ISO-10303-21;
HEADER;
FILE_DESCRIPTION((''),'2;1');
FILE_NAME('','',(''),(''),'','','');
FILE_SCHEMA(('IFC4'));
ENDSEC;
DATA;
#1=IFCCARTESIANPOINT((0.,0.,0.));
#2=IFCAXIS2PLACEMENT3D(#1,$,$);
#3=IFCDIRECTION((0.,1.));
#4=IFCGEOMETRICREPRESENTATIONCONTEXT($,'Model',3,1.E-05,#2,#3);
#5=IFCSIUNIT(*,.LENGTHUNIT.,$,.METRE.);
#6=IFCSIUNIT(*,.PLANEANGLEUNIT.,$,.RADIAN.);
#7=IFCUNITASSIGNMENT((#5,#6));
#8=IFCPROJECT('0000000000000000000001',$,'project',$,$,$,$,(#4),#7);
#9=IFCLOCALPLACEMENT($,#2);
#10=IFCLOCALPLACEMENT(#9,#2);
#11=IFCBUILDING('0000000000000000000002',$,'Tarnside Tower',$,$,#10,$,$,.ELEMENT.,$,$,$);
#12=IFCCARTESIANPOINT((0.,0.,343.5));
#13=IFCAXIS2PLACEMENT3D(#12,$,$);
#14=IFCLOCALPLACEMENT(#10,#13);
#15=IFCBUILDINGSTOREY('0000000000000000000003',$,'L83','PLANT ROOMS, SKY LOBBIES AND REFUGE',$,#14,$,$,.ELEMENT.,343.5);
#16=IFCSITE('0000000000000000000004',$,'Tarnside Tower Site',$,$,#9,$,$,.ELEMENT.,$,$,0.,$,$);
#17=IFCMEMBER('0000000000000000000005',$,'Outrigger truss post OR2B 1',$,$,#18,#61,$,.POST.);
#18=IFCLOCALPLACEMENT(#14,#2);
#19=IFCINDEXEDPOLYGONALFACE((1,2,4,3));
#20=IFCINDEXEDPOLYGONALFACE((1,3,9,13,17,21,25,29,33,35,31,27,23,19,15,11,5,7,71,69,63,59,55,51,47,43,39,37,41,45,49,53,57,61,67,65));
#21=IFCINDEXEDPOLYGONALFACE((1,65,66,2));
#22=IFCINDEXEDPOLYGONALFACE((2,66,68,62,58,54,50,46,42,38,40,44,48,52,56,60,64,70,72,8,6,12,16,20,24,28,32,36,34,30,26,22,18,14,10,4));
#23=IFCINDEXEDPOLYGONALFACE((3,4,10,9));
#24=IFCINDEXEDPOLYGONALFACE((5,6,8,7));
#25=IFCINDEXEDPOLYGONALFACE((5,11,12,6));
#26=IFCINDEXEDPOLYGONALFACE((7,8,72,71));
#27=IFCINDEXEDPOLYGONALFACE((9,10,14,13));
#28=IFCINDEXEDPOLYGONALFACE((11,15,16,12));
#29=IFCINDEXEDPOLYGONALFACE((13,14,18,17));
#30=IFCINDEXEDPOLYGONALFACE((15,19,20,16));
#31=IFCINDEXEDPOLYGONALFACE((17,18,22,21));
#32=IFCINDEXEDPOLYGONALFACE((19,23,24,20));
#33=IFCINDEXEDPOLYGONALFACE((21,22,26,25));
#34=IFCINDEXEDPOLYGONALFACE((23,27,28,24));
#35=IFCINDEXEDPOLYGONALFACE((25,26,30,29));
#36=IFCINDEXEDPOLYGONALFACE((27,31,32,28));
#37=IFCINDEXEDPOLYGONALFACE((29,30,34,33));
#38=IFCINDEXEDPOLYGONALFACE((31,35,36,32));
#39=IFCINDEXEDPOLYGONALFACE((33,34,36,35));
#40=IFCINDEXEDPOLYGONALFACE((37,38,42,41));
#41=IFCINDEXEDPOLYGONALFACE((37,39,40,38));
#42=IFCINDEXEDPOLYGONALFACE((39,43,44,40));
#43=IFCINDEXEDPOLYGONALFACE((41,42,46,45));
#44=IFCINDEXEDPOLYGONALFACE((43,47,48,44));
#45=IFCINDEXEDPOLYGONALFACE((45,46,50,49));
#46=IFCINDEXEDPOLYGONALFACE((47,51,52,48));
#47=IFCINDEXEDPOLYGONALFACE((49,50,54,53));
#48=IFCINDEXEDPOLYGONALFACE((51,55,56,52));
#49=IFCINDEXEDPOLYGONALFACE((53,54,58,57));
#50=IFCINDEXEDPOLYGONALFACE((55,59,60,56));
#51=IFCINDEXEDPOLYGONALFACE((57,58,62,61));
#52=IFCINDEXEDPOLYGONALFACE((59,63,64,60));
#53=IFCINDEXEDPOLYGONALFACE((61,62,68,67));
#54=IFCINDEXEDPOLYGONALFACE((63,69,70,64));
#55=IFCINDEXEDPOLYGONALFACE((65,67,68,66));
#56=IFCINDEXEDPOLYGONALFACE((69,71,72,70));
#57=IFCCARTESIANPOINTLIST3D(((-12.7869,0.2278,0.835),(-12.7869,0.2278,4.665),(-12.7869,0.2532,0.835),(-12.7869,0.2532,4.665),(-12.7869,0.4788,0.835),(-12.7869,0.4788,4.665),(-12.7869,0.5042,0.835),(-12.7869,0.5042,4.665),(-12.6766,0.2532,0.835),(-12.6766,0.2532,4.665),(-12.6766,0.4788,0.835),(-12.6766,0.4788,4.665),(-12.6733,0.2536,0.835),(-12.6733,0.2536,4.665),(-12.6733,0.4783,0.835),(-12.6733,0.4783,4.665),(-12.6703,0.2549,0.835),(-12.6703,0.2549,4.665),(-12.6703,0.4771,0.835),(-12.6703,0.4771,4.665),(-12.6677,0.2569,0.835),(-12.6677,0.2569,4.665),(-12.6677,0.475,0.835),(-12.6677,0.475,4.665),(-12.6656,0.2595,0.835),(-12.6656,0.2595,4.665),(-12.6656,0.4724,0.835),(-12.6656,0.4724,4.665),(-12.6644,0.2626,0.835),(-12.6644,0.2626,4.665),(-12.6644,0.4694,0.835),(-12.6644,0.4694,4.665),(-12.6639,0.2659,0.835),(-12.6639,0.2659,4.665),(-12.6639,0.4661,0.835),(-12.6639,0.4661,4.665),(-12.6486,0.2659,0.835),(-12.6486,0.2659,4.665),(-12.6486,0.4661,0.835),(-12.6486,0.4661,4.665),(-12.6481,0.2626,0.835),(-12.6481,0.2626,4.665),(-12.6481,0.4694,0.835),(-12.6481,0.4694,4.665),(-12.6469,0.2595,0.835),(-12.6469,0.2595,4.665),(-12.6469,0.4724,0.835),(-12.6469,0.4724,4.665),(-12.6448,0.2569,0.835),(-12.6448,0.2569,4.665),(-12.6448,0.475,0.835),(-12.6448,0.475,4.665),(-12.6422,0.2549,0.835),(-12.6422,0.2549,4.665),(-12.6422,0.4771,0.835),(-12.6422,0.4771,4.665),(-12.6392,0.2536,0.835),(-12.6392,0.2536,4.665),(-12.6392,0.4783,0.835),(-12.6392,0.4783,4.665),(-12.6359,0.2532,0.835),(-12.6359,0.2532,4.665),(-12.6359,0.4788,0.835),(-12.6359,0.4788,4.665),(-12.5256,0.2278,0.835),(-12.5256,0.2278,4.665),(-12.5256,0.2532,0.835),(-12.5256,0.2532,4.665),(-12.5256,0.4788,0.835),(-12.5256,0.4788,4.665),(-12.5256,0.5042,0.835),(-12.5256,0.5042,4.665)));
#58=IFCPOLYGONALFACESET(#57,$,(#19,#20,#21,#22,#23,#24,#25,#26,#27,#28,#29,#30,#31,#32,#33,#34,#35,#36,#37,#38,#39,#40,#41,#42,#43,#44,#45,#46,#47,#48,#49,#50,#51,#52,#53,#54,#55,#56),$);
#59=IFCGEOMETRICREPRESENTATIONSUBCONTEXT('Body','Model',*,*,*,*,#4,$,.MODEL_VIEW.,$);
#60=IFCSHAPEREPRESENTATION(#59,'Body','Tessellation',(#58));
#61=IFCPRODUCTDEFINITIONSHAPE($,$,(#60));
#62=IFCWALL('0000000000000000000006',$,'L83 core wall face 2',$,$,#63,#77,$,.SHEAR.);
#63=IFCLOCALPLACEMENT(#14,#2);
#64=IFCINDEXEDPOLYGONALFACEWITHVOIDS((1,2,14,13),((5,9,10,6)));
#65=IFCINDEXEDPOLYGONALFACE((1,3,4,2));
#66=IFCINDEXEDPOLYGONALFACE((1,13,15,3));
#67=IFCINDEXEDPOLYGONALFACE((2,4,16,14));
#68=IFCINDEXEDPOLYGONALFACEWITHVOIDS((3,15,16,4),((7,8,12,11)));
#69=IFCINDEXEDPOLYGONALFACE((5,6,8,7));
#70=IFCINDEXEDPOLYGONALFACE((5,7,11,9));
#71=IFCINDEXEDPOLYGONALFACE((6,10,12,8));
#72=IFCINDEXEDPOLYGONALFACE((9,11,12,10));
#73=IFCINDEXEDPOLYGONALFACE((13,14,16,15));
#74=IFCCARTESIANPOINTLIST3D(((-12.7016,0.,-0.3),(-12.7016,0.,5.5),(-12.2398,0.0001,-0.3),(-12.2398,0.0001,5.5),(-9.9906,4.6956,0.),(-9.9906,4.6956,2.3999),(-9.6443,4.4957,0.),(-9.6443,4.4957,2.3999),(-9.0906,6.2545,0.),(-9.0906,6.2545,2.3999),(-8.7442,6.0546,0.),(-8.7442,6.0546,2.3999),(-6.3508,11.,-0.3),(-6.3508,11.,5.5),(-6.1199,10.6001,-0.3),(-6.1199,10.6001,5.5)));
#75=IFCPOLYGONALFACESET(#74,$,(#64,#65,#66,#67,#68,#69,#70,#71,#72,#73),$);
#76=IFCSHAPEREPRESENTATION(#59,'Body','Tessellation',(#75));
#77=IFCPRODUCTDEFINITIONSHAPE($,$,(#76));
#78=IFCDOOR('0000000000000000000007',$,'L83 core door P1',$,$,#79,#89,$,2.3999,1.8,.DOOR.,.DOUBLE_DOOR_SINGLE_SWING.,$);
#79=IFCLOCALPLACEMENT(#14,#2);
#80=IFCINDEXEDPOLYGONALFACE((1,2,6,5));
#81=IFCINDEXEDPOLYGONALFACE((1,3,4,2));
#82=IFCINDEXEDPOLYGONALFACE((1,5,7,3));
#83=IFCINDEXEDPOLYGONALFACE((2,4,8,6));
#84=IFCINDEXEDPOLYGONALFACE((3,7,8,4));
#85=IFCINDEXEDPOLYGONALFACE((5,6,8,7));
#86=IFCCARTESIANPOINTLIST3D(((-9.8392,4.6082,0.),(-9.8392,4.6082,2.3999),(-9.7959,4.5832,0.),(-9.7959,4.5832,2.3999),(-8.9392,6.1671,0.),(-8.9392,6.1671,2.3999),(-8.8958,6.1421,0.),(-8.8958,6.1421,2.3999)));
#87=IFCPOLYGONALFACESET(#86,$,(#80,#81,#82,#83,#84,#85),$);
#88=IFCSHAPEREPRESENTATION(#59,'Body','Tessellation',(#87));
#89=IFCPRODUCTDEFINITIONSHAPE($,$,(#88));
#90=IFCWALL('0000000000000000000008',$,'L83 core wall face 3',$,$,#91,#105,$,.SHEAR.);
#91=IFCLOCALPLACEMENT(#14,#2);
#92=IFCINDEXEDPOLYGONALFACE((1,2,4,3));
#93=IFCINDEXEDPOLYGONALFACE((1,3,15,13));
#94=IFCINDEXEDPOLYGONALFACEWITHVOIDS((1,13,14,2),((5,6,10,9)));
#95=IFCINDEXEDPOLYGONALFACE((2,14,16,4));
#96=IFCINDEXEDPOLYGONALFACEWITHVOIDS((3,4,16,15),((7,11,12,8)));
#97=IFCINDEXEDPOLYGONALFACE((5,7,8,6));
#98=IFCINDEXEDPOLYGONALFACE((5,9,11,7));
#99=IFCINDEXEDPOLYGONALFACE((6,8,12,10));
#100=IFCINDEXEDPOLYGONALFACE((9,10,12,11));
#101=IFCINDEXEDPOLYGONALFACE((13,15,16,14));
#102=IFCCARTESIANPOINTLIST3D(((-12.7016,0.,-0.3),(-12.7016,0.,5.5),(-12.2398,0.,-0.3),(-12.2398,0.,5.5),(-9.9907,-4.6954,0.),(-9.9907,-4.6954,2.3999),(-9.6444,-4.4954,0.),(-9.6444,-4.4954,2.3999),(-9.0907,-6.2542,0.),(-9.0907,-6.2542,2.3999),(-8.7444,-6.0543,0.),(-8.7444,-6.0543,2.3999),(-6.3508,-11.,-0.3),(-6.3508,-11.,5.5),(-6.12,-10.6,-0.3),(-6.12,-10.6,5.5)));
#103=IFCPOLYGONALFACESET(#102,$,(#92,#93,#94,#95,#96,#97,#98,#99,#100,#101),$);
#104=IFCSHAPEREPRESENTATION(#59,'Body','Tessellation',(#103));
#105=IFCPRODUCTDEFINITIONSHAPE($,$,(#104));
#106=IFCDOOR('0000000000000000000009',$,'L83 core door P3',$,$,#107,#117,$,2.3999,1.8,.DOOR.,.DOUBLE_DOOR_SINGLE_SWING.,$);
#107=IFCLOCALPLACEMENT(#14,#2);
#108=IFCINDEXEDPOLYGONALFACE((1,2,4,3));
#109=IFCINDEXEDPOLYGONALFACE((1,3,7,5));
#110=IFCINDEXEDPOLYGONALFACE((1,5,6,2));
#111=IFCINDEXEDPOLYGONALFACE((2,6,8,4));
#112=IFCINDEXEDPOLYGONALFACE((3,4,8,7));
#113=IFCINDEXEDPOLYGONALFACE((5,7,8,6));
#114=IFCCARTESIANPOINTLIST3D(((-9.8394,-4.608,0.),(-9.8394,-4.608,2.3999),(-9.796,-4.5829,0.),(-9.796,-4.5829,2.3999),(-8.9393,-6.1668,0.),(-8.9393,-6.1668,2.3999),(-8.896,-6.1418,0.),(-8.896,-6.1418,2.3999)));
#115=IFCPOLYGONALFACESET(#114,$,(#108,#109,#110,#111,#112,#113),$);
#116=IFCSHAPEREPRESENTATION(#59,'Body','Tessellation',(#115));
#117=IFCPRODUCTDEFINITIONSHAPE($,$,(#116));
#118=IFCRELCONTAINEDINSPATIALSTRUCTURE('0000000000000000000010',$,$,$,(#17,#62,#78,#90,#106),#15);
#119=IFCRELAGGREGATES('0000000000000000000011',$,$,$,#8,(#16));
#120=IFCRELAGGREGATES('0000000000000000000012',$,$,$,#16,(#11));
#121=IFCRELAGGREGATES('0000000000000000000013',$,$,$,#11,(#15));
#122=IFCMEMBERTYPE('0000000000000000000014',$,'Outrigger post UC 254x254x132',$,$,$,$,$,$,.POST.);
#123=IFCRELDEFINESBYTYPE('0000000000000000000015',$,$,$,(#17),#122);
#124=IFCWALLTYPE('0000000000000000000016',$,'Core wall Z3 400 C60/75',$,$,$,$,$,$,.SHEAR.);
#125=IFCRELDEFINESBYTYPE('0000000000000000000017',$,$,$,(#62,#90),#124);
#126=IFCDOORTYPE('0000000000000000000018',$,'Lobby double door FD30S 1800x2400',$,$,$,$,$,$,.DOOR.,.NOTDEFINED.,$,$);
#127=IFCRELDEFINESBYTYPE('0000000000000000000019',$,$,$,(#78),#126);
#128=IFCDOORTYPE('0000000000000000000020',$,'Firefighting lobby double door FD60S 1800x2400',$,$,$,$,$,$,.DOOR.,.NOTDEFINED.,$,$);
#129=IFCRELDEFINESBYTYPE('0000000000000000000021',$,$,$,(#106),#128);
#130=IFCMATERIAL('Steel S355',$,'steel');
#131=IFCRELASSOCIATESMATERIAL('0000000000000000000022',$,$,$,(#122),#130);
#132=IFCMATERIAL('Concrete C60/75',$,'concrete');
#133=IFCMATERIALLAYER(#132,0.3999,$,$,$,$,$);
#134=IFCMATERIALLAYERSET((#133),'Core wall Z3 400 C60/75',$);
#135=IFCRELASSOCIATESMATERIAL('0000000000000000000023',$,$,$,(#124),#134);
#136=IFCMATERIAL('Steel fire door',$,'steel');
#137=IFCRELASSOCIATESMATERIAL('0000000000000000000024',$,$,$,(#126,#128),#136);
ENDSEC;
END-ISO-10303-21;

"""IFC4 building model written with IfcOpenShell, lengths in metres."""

from ifc_helpers import new_model, si_unit, direction, frame, frame_2d, origin, origin_2d, place, context, subcontext, project, spatial, polyline, rectangle, i_section, outline, extrude, material, layer, layer_set, material_profile, profile_set, type_object, element, fill, save


model = new_model("IFC4")

# Units and contexts
model_context = context("Model", 3, precision=1e-05, world=origin(), true_north=direction((0.0, 1.0)))
body_context = subcontext(model_context, "Body", "Model", "MODEL_VIEW")
ifc_project = project(units=[si_unit("LENGTHUNIT", "METRE"), si_unit("PLANEANGLEUNIT", "RADIAN")], contexts=[model_context])

# Site, building, storey
site_placement = place(None, origin())
site = spatial("IfcSite", under=ifc_project, at=site_placement, Name="Tarnside Tower Site", CompositionType="ELEMENT", RefElevation=0.0)
building_placement = place(site_placement, origin())
building = spatial("IfcBuilding", under=site, at=building_placement, Name="Tarnside Tower", CompositionType="ELEMENT")
storey_placement = place(building_placement, frame((0.0, 0.0, 343.5)))
storey = spatial("IfcBuildingStorey", under=building, at=storey_placement, Name="L83", Description="PLANT ROOMS, SKY LOBBIES AND REFUGE", CompositionType="ELEMENT", Elevation=343.5)

# Member
ifc_material_1 = material(Name="Steel S355", Category="steel")
ifc_material_profile_1 = material_profile(ifc_material_1, i_section(OverallWidth=0.2612, OverallDepth=0.2764, WebThickness=0.0154, FlangeThickness=0.0254, FilletRadius=0.0127, at=origin_2d()), Name="UC 254x254x132")
ifc_profile_set_1 = profile_set([ifc_material_profile_1], Name="Steel S355")
member_type_1 = type_object("IfcMemberType", Name="Outrigger post UC 254x254x132", PredefinedType="POST", material=ifc_profile_set_1)
member_1_placement = place(storey_placement, frame((-12.6562, 0.366, 0.835), z_axis=(0.0, 0.0, 1.0), x_axis=(-1.0, 0.0, 0.0)))
element("IfcMember", 1, at=member_1_placement, inside=storey, type_object=member_type_1, Name="Outrigger truss post OR2B 1", PredefinedType="POST", context=body_context, shape_type="SweptSolid", body=[
    extrude(i_section(OverallWidth=0.2612, OverallDepth=0.2764, WebThickness=0.0154, FlangeThickness=0.0254, FilletRadius=0.0127, at=origin_2d()), origin(), (0.0, 0.0, 1.0), 3.8301),
])

# Walls, openings, doors
ifc_material_2 = material(Name="Concrete C60/75", Category="concrete")
ifc_layer_1 = layer(ifc_material_2, 0.3999)
ifc_layer_set_1 = layer_set([ifc_layer_1], Name="Core wall Z3 400 C60/75")
wall_type_1 = type_object("IfcWallType", Name="Core wall Z3 400 C60/75", PredefinedType="SHEAR", material=ifc_layer_set_1)
wall_1_placement = place(storey_placement, frame((-6.2354, 10.8, -0.3), z_axis=(0.0, 0.0, 1.0), x_axis=(-0.499996, -0.866027, 0.0)))
wall_1 = element("IfcWall", 2, at=wall_1_placement, inside=storey, type_object=wall_type_1, Name="L83 core wall face 2", PredefinedType="SHEAR", context=body_context, shape_type="SweptSolid", body=[
    extrude(outline(polyline([(-0.1155, -0.2), (12.5862, -0.2), (12.3552, 0.2), (0.1155, 0.2), (-0.1155, -0.2)])), origin(), (0.0, 0.0, 1.0), 5.8),
])
opening_1_placement = place(wall_1_placement, frame((5.3643, 0.0, 0.3)))
opening_1 = element("IfcOpeningElement", 3, at=opening_1_placement, cuts=wall_1, PredefinedType="OPENING", context=body_context, shape_type="SweptSolid", body=[
    extrude(rectangle(XDim=1.8, YDim=2.3999, at=frame_2d((0.8999, 1.2))), frame((0.0, 0.21, 0.0), z_axis=(0.0, -1.0, 0.0), x_axis=(1.0, 0.0, 0.0)), (0.0, 0.0, 1.0), 0.4199),
])
ifc_material_3 = material(Name="Steel fire door", Category="steel")
door_type_1 = type_object("IfcDoorType", Name="Lobby double door FD30S 1800x2400", OperationType="NOTDEFINED", PredefinedType="DOOR", material=ifc_material_3)
door_1_placement = place(opening_1_placement, origin())
door_1 = element("IfcDoor", 4, at=door_1_placement, inside=storey, type_object=door_type_1, Name="L83 core door P1", OperationType="DOUBLE_DOOR_SINGLE_SWING", OverallHeight=2.3999, OverallWidth=1.8, PredefinedType="DOOR", context=body_context, shape_type="SweptSolid", body=[
    extrude(rectangle(XDim=1.8, YDim=2.3999, at=frame_2d((0.8999, 1.2))), frame((0.0, 0.0249, 0.0), z_axis=(0.0, -1.0, 0.0), x_axis=(1.0, 0.0, 0.0)), (0.0, 0.0, 1.0), 0.05),
])
fill(opening_1, door_1)
wall_2_placement = place(storey_placement, frame((-12.4707, 0.0, -0.3), z_axis=(0.0, 0.0, 1.0), x_axis=(0.499996, -0.866027, 0.0)))
wall_2 = element("IfcWall", 5, at=wall_2_placement, inside=storey, type_object=wall_type_1, Name="L83 core wall face 3", PredefinedType="SHEAR", context=body_context, shape_type="SweptSolid", body=[
    extrude(outline(polyline([(-0.1155, -0.2), (12.5862, -0.2), (12.3552, 0.2), (0.1155, 0.2), (-0.1155, -0.2)])), origin(), (0.0, 0.0, 1.0), 5.8),
])
opening_2_placement = place(wall_2_placement, frame((5.3064, 0.0, 0.3)))
opening_2 = element("IfcOpeningElement", 6, at=opening_2_placement, cuts=wall_2, PredefinedType="OPENING", context=body_context, shape_type="SweptSolid", body=[
    extrude(rectangle(XDim=1.8, YDim=2.3999, at=frame_2d((0.8999, 1.2))), frame((0.0, 0.21, 0.0), z_axis=(0.0, -1.0, 0.0), x_axis=(1.0, 0.0, 0.0)), (0.0, 0.0, 1.0), 0.4199),
])
door_type_2 = type_object("IfcDoorType", Name="Firefighting lobby double door FD60S 1800x2400", OperationType="NOTDEFINED", PredefinedType="DOOR", material=ifc_material_3)
door_2_placement = place(opening_2_placement, origin())
door_2 = element("IfcDoor", 7, at=door_2_placement, inside=storey, type_object=door_type_2, Name="L83 core door P3", OperationType="DOUBLE_DOOR_SINGLE_SWING", OverallHeight=2.3999, OverallWidth=1.8, PredefinedType="DOOR", context=body_context, shape_type="SweptSolid", body=[
    extrude(rectangle(XDim=1.8, YDim=2.3999, at=frame_2d((0.8999, 1.2))), frame((0.0, 0.0249, 0.0), z_axis=(0.0, -1.0, 0.0), x_axis=(1.0, 0.0, 0.0)), (0.0, 0.0, 1.0), 0.05),
])
fill(opening_2, door_2)

save(model, "model.ifc")
